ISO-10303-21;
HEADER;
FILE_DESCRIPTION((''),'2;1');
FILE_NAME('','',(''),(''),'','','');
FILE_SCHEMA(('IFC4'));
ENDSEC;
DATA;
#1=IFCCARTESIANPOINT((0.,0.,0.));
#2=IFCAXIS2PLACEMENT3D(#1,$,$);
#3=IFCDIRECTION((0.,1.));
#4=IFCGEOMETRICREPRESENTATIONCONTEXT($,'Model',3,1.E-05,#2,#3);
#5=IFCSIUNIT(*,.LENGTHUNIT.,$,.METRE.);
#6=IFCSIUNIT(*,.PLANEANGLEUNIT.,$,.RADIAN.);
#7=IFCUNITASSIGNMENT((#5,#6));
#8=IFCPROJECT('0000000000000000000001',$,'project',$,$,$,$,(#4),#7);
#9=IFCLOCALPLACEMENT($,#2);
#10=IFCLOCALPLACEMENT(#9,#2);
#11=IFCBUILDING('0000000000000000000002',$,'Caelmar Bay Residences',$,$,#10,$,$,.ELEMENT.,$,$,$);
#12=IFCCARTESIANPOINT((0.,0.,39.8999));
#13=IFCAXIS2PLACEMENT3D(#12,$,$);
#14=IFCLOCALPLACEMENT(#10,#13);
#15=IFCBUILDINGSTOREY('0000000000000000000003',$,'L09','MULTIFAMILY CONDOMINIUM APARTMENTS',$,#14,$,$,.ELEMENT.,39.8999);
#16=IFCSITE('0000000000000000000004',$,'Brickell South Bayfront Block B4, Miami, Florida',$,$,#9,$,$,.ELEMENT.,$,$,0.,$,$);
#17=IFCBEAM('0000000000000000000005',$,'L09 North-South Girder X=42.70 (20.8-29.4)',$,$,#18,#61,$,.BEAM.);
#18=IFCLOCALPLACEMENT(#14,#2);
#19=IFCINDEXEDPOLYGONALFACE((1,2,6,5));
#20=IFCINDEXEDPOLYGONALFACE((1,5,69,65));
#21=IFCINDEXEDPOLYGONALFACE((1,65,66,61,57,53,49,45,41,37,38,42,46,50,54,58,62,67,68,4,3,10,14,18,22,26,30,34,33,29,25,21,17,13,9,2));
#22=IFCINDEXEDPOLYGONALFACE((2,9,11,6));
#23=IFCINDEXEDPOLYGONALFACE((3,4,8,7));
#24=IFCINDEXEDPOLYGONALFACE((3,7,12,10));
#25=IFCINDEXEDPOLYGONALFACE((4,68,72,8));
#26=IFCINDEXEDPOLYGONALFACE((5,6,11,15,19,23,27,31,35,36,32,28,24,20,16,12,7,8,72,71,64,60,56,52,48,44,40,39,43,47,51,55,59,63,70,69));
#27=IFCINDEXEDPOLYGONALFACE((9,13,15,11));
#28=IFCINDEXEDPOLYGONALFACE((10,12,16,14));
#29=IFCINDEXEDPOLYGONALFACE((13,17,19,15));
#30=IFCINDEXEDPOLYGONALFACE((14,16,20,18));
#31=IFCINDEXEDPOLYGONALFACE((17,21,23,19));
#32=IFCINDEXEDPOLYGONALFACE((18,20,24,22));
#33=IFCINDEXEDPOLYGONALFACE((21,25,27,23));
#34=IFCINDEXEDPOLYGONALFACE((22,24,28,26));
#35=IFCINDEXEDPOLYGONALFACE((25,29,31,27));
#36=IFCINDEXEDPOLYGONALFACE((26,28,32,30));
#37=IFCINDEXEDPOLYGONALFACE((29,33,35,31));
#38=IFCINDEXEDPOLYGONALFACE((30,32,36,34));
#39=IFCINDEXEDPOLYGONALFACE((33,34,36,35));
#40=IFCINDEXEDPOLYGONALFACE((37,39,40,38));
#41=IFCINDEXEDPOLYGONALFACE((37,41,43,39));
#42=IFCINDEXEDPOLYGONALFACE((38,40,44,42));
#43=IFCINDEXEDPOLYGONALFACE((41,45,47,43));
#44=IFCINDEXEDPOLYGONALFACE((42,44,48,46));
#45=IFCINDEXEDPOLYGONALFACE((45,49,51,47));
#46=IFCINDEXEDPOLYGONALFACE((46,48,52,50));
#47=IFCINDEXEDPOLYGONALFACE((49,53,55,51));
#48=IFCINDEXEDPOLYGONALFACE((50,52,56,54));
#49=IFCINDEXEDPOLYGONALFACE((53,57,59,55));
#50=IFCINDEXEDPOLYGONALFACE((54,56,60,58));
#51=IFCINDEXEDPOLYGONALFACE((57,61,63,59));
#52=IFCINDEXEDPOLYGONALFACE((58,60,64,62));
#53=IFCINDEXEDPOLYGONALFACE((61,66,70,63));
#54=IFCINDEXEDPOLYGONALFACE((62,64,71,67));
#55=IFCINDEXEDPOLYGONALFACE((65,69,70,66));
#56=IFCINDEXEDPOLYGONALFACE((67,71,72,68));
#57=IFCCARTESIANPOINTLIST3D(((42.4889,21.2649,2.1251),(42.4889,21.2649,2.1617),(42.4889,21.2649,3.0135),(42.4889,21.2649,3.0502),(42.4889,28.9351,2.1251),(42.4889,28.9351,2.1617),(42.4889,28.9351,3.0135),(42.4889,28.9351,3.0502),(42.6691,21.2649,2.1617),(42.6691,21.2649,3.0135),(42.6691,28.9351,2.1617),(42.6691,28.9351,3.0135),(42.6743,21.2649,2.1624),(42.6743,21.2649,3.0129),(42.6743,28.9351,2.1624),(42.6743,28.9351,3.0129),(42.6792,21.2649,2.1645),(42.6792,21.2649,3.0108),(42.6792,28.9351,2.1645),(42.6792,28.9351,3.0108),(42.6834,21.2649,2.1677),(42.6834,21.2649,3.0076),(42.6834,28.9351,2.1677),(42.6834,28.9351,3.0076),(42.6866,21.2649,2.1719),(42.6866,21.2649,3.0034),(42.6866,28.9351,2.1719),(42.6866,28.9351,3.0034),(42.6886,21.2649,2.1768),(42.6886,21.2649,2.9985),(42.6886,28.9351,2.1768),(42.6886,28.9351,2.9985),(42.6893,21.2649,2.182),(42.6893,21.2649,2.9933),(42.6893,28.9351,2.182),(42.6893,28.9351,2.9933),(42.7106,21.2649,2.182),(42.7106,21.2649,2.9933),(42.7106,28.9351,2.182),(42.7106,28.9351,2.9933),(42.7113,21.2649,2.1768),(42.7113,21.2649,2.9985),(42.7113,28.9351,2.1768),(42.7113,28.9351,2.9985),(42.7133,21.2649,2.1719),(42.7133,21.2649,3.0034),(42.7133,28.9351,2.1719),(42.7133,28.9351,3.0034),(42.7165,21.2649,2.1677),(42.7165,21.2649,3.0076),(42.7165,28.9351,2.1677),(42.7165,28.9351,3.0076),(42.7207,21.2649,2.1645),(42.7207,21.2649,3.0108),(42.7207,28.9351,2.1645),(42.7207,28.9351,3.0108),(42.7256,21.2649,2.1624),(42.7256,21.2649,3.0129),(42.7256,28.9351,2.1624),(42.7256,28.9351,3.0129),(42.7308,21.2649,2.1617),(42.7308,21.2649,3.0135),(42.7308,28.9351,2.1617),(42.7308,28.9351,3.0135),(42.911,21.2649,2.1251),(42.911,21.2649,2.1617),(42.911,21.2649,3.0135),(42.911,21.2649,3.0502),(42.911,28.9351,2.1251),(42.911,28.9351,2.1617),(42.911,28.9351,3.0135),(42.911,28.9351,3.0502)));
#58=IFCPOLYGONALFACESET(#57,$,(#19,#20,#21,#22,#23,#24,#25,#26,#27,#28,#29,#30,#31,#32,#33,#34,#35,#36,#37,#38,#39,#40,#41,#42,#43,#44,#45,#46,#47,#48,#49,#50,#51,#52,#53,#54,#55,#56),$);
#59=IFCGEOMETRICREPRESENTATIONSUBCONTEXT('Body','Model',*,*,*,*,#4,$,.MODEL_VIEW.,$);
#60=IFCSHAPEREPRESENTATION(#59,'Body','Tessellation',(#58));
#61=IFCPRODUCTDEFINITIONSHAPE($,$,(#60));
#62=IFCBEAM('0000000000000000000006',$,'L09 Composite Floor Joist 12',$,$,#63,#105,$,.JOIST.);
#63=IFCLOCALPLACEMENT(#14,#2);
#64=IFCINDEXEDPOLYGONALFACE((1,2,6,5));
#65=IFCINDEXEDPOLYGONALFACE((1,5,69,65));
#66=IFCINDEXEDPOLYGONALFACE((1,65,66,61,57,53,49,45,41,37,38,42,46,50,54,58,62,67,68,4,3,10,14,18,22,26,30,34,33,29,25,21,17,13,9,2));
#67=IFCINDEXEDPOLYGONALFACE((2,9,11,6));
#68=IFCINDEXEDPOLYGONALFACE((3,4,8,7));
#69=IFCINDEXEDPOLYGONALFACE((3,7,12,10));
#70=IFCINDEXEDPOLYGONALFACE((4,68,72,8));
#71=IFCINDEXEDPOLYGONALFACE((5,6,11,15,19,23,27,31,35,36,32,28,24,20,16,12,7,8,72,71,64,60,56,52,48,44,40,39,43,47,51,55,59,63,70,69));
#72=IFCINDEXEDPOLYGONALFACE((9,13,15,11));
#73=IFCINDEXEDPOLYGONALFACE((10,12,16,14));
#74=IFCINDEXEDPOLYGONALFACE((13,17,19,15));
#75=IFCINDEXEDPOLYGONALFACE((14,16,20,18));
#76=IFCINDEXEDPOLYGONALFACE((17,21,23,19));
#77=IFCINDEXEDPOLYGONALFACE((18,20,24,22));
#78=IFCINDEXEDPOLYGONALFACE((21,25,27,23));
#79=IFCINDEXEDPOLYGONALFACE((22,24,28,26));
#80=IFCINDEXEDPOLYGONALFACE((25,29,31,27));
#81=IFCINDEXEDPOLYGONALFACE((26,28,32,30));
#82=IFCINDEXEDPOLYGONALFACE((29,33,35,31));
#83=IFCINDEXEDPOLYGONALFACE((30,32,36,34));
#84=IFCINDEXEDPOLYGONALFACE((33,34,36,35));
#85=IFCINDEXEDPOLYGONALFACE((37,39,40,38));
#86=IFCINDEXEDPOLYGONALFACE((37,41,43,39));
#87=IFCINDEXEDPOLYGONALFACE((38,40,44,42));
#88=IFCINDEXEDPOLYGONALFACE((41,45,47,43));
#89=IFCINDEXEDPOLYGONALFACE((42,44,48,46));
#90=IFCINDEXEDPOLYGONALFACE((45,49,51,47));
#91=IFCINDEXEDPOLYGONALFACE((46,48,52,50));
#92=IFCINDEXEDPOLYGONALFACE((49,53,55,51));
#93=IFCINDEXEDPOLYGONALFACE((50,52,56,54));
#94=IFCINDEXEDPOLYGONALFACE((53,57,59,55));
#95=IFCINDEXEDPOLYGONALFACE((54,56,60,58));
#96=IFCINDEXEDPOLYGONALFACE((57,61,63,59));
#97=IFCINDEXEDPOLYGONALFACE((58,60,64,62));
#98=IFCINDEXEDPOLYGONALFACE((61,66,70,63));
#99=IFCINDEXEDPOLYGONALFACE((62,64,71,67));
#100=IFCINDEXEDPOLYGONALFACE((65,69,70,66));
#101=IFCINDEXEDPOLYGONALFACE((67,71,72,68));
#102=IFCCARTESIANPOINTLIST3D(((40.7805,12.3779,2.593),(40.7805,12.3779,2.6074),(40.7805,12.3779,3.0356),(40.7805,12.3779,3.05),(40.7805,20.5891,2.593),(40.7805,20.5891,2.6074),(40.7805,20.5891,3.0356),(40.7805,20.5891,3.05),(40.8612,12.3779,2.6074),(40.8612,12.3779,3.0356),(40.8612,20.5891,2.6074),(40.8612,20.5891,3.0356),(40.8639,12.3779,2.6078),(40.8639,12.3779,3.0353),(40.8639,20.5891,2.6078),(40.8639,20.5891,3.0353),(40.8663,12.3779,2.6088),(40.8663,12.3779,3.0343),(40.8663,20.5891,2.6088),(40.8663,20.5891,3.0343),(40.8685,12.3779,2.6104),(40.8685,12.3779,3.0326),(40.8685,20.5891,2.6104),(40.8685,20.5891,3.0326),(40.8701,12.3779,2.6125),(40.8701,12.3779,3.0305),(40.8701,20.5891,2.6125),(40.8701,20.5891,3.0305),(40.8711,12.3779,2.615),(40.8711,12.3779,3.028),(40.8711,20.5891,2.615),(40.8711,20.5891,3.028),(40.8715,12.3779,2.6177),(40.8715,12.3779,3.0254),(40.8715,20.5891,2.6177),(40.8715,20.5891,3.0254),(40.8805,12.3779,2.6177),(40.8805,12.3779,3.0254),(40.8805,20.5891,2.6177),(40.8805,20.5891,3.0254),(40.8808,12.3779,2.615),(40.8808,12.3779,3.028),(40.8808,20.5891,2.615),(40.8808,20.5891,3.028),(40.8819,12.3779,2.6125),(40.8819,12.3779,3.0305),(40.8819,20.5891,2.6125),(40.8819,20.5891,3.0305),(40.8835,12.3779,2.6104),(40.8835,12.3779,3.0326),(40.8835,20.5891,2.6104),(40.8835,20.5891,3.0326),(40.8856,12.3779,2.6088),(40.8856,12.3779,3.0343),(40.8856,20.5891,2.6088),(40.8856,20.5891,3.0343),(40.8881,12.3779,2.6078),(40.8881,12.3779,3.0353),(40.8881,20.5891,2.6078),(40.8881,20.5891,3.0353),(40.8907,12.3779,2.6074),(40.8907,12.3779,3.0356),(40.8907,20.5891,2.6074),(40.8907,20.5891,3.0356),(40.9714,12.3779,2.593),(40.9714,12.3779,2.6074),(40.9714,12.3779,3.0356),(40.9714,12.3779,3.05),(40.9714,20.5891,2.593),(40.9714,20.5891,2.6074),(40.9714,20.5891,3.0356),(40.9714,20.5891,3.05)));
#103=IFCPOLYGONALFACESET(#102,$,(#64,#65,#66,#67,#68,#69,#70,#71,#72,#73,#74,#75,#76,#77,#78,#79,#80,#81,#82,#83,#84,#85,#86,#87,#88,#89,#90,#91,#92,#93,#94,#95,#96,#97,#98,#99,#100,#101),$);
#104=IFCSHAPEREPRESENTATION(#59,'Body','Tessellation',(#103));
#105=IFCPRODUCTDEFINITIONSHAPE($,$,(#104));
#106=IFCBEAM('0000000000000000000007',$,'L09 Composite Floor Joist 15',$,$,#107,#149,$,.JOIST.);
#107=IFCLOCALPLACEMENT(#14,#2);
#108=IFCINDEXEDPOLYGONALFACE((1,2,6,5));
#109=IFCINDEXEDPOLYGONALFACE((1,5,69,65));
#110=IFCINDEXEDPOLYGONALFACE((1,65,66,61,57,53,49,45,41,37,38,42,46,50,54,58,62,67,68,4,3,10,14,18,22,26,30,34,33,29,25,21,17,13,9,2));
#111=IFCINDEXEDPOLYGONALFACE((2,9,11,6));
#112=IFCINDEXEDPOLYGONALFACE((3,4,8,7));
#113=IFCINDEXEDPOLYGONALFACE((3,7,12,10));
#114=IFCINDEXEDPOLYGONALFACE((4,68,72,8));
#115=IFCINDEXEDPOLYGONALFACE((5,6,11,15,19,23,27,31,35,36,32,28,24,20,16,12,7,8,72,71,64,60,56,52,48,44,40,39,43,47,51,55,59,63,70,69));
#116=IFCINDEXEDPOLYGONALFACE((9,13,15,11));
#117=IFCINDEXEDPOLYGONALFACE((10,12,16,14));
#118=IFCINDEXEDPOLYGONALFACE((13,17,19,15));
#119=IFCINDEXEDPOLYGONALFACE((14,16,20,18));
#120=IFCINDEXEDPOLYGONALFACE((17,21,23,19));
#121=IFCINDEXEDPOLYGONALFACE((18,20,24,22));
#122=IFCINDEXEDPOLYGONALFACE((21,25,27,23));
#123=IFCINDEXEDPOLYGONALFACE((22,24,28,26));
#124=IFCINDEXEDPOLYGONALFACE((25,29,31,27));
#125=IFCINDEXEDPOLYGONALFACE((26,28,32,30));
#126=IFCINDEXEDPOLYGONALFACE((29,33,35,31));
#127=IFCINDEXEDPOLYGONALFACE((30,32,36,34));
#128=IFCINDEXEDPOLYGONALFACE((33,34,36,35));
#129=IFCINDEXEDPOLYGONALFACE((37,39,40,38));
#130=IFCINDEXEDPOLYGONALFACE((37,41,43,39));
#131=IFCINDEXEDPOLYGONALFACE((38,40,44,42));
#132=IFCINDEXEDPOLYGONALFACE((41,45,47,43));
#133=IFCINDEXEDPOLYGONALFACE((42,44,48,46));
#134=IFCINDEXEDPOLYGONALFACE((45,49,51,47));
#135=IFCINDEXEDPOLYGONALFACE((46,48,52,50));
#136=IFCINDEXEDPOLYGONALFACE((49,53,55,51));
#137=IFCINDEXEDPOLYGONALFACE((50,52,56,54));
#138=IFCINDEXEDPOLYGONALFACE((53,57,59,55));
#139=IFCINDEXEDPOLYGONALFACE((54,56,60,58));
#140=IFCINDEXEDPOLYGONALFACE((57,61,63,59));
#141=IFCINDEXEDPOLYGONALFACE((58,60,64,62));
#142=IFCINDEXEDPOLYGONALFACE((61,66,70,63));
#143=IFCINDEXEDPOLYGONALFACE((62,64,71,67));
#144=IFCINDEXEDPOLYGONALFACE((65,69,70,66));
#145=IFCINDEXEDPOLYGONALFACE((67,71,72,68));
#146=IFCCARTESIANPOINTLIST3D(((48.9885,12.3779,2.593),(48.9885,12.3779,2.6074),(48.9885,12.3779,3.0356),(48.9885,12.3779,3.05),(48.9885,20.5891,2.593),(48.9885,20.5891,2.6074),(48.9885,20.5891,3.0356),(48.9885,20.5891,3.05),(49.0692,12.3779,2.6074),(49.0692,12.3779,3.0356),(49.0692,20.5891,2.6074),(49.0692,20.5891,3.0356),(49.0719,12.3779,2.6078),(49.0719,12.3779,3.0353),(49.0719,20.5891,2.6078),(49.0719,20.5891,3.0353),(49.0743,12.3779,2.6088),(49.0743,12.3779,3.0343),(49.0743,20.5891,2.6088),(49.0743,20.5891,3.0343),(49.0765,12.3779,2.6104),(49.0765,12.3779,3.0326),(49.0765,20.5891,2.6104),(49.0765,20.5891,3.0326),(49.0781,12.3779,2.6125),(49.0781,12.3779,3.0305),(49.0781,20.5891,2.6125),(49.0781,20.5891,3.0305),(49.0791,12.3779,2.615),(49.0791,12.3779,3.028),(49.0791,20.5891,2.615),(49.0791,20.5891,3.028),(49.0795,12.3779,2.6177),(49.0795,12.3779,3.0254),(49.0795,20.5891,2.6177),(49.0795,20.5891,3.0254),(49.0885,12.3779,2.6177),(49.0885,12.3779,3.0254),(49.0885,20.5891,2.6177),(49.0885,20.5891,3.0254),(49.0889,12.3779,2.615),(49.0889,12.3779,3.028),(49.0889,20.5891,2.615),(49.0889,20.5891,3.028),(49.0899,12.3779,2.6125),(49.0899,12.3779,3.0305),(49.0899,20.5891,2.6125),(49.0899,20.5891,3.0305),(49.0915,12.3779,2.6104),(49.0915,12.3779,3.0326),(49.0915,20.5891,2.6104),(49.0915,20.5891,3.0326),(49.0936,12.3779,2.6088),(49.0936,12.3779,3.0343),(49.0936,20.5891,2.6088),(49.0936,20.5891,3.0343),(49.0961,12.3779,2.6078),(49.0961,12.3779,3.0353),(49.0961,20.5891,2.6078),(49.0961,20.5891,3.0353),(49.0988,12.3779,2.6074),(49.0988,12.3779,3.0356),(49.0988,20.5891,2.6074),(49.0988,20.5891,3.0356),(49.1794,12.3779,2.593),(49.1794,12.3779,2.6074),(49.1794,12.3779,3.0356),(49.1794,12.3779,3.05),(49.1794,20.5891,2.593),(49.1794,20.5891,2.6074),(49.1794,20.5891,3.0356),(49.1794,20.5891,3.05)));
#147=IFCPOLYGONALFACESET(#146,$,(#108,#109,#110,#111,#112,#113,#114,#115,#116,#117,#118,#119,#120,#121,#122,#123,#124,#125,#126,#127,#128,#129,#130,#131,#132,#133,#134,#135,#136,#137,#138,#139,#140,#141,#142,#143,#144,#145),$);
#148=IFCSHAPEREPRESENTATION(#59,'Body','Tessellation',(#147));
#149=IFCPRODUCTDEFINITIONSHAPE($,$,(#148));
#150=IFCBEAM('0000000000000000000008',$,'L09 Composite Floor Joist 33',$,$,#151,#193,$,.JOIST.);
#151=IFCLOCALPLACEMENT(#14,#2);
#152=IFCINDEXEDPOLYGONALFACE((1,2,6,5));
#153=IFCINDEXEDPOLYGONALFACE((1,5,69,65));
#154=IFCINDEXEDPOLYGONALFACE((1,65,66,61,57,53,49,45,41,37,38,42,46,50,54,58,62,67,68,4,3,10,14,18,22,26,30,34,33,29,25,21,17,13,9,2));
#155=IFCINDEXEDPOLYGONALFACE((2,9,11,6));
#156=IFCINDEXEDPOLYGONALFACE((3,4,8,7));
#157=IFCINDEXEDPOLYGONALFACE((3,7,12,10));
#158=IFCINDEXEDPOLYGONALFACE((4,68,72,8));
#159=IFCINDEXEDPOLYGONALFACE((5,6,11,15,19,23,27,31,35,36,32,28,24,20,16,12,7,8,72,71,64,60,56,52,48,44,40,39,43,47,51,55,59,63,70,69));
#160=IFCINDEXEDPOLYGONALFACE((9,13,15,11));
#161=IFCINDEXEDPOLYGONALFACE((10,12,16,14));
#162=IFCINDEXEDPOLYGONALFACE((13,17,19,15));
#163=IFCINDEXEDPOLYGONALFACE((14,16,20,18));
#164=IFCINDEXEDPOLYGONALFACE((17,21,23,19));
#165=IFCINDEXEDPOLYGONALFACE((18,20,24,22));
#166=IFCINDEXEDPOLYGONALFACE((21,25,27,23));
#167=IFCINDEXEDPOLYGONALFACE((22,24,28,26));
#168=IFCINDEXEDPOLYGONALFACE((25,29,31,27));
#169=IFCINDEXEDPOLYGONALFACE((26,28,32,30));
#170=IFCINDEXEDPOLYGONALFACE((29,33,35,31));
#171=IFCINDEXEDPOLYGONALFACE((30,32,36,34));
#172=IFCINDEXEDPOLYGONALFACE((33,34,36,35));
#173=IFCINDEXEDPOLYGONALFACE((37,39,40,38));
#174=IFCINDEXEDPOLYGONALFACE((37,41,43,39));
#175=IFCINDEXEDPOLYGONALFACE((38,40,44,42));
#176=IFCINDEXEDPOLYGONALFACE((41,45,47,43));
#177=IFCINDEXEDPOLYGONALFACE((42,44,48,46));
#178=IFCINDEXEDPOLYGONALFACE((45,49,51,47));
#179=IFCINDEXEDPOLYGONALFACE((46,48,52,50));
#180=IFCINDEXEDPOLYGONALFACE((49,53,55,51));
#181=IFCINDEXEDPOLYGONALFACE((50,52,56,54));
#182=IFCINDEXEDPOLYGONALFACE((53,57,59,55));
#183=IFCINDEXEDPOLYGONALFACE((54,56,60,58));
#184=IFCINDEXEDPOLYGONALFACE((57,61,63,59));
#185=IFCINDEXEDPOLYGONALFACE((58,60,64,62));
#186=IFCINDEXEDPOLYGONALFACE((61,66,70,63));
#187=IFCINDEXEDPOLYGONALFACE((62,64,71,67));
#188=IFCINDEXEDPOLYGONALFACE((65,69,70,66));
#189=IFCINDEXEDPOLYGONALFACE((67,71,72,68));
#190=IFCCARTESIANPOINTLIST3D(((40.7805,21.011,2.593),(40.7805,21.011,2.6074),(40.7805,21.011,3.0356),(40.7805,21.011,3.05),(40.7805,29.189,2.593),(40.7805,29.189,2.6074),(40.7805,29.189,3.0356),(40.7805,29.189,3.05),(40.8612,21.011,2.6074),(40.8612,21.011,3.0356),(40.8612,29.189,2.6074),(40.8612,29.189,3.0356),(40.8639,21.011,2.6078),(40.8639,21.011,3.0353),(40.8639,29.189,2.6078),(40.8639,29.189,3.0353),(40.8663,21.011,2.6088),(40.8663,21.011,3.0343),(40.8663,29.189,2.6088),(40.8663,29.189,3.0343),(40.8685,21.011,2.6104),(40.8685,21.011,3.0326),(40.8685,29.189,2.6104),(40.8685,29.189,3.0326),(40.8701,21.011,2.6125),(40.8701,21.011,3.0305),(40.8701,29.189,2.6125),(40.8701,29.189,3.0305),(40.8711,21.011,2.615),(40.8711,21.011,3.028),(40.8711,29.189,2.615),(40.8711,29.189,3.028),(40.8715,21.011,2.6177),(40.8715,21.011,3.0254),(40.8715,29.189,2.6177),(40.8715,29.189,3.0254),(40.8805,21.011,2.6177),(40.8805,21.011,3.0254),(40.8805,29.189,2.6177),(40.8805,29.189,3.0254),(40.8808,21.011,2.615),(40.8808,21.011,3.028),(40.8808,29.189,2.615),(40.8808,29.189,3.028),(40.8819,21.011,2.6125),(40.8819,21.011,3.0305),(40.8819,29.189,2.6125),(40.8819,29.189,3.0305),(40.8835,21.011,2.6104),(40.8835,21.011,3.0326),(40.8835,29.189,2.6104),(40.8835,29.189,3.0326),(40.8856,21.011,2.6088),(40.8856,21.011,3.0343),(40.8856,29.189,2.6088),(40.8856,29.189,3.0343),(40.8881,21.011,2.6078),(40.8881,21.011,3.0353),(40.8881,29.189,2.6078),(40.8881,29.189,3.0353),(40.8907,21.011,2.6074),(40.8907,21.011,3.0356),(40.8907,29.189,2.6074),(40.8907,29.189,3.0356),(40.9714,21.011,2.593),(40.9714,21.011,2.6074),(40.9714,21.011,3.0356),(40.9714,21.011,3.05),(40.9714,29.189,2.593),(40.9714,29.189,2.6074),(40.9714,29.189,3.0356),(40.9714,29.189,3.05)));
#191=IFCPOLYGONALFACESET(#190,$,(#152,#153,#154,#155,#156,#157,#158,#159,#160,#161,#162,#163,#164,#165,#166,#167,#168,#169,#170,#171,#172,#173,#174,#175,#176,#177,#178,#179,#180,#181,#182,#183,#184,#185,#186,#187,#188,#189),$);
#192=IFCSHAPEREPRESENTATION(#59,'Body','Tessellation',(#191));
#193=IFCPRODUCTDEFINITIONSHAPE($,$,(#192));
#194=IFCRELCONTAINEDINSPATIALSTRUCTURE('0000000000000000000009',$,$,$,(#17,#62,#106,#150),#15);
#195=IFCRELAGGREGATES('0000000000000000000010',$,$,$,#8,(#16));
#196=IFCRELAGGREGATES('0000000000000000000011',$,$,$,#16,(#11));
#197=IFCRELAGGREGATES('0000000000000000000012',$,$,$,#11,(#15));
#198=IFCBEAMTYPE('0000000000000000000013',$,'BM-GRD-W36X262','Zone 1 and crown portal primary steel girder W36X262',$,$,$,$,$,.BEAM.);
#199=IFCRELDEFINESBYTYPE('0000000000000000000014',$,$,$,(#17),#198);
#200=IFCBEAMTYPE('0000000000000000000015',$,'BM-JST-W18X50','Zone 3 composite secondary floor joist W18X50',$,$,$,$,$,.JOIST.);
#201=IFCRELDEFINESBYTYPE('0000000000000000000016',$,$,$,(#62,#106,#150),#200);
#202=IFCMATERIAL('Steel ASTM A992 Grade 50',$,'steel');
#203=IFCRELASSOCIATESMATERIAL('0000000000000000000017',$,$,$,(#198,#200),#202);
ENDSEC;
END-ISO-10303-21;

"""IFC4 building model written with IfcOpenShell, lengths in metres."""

from ifc_helpers import new_model, si_unit, direction, frame, origin, origin_2d, place, context, subcontext, project, spatial, i_section, extrude, material, material_profile, profile_set, type_object, element, save


model = new_model("IFC4")

# Units and contexts
model_context = context("Model", 3, precision=1e-05, world=origin(), true_north=direction((0.0, 1.0)))
body_context = subcontext(model_context, "Body", "Model", "MODEL_VIEW")
ifc_project = project(units=[si_unit("LENGTHUNIT", "METRE"), si_unit("PLANEANGLEUNIT", "RADIAN")], contexts=[model_context])

# Site, building, storey
site_placement = place(None, origin())
site = spatial("IfcSite", under=ifc_project, at=site_placement, Name="Brickell South Bayfront Block B4, Miami, Florida", CompositionType="ELEMENT", RefElevation=0.0)
building_placement = place(site_placement, origin())
building = spatial("IfcBuilding", under=site, at=building_placement, Name="Caelmar Bay Residences", CompositionType="ELEMENT")
storey_placement = place(building_placement, frame((0.0, 0.0, 39.8999)))
storey = spatial("IfcBuildingStorey", under=building, at=storey_placement, Name="L09", Description="MULTIFAMILY CONDOMINIUM APARTMENTS", CompositionType="ELEMENT", Elevation=39.8999)

# Beams
ifc_material_1 = material(Name="Steel ASTM A992 Grade 50", Category="steel")
ifc_material_profile_1 = material_profile(ifc_material_1, i_section(OverallWidth=0.4221, OverallDepth=0.925, WebThickness=0.0212, FlangeThickness=0.0366, FilletRadius=0.0203, at=origin_2d()), Name="W36X262")
ifc_profile_set_1 = profile_set([ifc_material_profile_1], Name="Steel ASTM A992 Grade 50")
beam_type_1 = type_object("IfcBeamType", Name="BM-GRD-W36X262", Description="Zone 1 and crown portal primary steel girder W36X262", PredefinedType="BEAM", material=ifc_profile_set_1)
beam_1_placement = place(storey_placement, frame((42.7, 21.2649, 2.5876), z_axis=(0.0, 1.0, 0.0), x_axis=(-1.0, 0.0, 0.0)))
element("IfcBeam", 1, at=beam_1_placement, inside=storey, type_object=beam_type_1, Name="L09 North-South Girder X=42.70 (20.8-29.4)", PredefinedType="BEAM", context=body_context, shape_type="SweptSolid", body=[
    extrude(i_section(OverallWidth=0.4221, OverallDepth=0.925, WebThickness=0.0212, FlangeThickness=0.0366, FilletRadius=0.0203, at=origin_2d()), origin(), (0.0, 0.0, 1.0), 7.6702),
])
ifc_material_profile_2 = material_profile(ifc_material_1, i_section(OverallWidth=0.1909, OverallDepth=0.457, WebThickness=0.009, FlangeThickness=0.0144, FilletRadius=0.0103, at=origin_2d()), Name="W18X50")
ifc_profile_set_2 = profile_set([ifc_material_profile_2], Name="Steel ASTM A992 Grade 50")
beam_type_2 = type_object("IfcBeamType", Name="BM-JST-W18X50", Description="Zone 3 composite secondary floor joist W18X50", PredefinedType="JOIST", material=ifc_profile_set_2)
for number, where, z_axis, x_axis, name in (
    (2, (40.876, 12.3779, 2.8215), (0.0, 1.0, 0.0), (-1.0, 0.0, 0.0), "L09 Composite Floor Joist 12"),
    (3, (49.084, 12.3779, 2.8215), (0.0, 1.0, 0.0), (-1.0, 0.0, 0.0), "L09 Composite Floor Joist 15"),
):
    element("IfcBeam", number, at=place(storey_placement, frame(where, z_axis=z_axis, x_axis=x_axis)), inside=storey, type_object=beam_type_2, Name=name, PredefinedType="JOIST", context=body_context, shape_type="SweptSolid", body=[
        extrude(i_section(OverallWidth=0.1909, OverallDepth=0.457, WebThickness=0.009, FlangeThickness=0.0144, FilletRadius=0.0103, at=origin_2d()), origin(), (0.0, 0.0, 1.0), 8.2112),
    ])
for number, where, z_axis, x_axis, name in (
    (4, (40.876, 21.011, 2.8215), (0.0, 1.0, 0.0), (-1.0, 0.0, 0.0), "L09 Composite Floor Joist 33"),
):
    element("IfcBeam", number, at=place(storey_placement, frame(where, z_axis=z_axis, x_axis=x_axis)), inside=storey, type_object=beam_type_2, Name=name, PredefinedType="JOIST", context=body_context, shape_type="SweptSolid", body=[
        extrude(i_section(OverallWidth=0.1909, OverallDepth=0.457, WebThickness=0.009, FlangeThickness=0.0144, FilletRadius=0.0103, at=origin_2d()), origin(), (0.0, 0.0, 1.0), 8.178),
    ])

save(model, "model.ifc")
